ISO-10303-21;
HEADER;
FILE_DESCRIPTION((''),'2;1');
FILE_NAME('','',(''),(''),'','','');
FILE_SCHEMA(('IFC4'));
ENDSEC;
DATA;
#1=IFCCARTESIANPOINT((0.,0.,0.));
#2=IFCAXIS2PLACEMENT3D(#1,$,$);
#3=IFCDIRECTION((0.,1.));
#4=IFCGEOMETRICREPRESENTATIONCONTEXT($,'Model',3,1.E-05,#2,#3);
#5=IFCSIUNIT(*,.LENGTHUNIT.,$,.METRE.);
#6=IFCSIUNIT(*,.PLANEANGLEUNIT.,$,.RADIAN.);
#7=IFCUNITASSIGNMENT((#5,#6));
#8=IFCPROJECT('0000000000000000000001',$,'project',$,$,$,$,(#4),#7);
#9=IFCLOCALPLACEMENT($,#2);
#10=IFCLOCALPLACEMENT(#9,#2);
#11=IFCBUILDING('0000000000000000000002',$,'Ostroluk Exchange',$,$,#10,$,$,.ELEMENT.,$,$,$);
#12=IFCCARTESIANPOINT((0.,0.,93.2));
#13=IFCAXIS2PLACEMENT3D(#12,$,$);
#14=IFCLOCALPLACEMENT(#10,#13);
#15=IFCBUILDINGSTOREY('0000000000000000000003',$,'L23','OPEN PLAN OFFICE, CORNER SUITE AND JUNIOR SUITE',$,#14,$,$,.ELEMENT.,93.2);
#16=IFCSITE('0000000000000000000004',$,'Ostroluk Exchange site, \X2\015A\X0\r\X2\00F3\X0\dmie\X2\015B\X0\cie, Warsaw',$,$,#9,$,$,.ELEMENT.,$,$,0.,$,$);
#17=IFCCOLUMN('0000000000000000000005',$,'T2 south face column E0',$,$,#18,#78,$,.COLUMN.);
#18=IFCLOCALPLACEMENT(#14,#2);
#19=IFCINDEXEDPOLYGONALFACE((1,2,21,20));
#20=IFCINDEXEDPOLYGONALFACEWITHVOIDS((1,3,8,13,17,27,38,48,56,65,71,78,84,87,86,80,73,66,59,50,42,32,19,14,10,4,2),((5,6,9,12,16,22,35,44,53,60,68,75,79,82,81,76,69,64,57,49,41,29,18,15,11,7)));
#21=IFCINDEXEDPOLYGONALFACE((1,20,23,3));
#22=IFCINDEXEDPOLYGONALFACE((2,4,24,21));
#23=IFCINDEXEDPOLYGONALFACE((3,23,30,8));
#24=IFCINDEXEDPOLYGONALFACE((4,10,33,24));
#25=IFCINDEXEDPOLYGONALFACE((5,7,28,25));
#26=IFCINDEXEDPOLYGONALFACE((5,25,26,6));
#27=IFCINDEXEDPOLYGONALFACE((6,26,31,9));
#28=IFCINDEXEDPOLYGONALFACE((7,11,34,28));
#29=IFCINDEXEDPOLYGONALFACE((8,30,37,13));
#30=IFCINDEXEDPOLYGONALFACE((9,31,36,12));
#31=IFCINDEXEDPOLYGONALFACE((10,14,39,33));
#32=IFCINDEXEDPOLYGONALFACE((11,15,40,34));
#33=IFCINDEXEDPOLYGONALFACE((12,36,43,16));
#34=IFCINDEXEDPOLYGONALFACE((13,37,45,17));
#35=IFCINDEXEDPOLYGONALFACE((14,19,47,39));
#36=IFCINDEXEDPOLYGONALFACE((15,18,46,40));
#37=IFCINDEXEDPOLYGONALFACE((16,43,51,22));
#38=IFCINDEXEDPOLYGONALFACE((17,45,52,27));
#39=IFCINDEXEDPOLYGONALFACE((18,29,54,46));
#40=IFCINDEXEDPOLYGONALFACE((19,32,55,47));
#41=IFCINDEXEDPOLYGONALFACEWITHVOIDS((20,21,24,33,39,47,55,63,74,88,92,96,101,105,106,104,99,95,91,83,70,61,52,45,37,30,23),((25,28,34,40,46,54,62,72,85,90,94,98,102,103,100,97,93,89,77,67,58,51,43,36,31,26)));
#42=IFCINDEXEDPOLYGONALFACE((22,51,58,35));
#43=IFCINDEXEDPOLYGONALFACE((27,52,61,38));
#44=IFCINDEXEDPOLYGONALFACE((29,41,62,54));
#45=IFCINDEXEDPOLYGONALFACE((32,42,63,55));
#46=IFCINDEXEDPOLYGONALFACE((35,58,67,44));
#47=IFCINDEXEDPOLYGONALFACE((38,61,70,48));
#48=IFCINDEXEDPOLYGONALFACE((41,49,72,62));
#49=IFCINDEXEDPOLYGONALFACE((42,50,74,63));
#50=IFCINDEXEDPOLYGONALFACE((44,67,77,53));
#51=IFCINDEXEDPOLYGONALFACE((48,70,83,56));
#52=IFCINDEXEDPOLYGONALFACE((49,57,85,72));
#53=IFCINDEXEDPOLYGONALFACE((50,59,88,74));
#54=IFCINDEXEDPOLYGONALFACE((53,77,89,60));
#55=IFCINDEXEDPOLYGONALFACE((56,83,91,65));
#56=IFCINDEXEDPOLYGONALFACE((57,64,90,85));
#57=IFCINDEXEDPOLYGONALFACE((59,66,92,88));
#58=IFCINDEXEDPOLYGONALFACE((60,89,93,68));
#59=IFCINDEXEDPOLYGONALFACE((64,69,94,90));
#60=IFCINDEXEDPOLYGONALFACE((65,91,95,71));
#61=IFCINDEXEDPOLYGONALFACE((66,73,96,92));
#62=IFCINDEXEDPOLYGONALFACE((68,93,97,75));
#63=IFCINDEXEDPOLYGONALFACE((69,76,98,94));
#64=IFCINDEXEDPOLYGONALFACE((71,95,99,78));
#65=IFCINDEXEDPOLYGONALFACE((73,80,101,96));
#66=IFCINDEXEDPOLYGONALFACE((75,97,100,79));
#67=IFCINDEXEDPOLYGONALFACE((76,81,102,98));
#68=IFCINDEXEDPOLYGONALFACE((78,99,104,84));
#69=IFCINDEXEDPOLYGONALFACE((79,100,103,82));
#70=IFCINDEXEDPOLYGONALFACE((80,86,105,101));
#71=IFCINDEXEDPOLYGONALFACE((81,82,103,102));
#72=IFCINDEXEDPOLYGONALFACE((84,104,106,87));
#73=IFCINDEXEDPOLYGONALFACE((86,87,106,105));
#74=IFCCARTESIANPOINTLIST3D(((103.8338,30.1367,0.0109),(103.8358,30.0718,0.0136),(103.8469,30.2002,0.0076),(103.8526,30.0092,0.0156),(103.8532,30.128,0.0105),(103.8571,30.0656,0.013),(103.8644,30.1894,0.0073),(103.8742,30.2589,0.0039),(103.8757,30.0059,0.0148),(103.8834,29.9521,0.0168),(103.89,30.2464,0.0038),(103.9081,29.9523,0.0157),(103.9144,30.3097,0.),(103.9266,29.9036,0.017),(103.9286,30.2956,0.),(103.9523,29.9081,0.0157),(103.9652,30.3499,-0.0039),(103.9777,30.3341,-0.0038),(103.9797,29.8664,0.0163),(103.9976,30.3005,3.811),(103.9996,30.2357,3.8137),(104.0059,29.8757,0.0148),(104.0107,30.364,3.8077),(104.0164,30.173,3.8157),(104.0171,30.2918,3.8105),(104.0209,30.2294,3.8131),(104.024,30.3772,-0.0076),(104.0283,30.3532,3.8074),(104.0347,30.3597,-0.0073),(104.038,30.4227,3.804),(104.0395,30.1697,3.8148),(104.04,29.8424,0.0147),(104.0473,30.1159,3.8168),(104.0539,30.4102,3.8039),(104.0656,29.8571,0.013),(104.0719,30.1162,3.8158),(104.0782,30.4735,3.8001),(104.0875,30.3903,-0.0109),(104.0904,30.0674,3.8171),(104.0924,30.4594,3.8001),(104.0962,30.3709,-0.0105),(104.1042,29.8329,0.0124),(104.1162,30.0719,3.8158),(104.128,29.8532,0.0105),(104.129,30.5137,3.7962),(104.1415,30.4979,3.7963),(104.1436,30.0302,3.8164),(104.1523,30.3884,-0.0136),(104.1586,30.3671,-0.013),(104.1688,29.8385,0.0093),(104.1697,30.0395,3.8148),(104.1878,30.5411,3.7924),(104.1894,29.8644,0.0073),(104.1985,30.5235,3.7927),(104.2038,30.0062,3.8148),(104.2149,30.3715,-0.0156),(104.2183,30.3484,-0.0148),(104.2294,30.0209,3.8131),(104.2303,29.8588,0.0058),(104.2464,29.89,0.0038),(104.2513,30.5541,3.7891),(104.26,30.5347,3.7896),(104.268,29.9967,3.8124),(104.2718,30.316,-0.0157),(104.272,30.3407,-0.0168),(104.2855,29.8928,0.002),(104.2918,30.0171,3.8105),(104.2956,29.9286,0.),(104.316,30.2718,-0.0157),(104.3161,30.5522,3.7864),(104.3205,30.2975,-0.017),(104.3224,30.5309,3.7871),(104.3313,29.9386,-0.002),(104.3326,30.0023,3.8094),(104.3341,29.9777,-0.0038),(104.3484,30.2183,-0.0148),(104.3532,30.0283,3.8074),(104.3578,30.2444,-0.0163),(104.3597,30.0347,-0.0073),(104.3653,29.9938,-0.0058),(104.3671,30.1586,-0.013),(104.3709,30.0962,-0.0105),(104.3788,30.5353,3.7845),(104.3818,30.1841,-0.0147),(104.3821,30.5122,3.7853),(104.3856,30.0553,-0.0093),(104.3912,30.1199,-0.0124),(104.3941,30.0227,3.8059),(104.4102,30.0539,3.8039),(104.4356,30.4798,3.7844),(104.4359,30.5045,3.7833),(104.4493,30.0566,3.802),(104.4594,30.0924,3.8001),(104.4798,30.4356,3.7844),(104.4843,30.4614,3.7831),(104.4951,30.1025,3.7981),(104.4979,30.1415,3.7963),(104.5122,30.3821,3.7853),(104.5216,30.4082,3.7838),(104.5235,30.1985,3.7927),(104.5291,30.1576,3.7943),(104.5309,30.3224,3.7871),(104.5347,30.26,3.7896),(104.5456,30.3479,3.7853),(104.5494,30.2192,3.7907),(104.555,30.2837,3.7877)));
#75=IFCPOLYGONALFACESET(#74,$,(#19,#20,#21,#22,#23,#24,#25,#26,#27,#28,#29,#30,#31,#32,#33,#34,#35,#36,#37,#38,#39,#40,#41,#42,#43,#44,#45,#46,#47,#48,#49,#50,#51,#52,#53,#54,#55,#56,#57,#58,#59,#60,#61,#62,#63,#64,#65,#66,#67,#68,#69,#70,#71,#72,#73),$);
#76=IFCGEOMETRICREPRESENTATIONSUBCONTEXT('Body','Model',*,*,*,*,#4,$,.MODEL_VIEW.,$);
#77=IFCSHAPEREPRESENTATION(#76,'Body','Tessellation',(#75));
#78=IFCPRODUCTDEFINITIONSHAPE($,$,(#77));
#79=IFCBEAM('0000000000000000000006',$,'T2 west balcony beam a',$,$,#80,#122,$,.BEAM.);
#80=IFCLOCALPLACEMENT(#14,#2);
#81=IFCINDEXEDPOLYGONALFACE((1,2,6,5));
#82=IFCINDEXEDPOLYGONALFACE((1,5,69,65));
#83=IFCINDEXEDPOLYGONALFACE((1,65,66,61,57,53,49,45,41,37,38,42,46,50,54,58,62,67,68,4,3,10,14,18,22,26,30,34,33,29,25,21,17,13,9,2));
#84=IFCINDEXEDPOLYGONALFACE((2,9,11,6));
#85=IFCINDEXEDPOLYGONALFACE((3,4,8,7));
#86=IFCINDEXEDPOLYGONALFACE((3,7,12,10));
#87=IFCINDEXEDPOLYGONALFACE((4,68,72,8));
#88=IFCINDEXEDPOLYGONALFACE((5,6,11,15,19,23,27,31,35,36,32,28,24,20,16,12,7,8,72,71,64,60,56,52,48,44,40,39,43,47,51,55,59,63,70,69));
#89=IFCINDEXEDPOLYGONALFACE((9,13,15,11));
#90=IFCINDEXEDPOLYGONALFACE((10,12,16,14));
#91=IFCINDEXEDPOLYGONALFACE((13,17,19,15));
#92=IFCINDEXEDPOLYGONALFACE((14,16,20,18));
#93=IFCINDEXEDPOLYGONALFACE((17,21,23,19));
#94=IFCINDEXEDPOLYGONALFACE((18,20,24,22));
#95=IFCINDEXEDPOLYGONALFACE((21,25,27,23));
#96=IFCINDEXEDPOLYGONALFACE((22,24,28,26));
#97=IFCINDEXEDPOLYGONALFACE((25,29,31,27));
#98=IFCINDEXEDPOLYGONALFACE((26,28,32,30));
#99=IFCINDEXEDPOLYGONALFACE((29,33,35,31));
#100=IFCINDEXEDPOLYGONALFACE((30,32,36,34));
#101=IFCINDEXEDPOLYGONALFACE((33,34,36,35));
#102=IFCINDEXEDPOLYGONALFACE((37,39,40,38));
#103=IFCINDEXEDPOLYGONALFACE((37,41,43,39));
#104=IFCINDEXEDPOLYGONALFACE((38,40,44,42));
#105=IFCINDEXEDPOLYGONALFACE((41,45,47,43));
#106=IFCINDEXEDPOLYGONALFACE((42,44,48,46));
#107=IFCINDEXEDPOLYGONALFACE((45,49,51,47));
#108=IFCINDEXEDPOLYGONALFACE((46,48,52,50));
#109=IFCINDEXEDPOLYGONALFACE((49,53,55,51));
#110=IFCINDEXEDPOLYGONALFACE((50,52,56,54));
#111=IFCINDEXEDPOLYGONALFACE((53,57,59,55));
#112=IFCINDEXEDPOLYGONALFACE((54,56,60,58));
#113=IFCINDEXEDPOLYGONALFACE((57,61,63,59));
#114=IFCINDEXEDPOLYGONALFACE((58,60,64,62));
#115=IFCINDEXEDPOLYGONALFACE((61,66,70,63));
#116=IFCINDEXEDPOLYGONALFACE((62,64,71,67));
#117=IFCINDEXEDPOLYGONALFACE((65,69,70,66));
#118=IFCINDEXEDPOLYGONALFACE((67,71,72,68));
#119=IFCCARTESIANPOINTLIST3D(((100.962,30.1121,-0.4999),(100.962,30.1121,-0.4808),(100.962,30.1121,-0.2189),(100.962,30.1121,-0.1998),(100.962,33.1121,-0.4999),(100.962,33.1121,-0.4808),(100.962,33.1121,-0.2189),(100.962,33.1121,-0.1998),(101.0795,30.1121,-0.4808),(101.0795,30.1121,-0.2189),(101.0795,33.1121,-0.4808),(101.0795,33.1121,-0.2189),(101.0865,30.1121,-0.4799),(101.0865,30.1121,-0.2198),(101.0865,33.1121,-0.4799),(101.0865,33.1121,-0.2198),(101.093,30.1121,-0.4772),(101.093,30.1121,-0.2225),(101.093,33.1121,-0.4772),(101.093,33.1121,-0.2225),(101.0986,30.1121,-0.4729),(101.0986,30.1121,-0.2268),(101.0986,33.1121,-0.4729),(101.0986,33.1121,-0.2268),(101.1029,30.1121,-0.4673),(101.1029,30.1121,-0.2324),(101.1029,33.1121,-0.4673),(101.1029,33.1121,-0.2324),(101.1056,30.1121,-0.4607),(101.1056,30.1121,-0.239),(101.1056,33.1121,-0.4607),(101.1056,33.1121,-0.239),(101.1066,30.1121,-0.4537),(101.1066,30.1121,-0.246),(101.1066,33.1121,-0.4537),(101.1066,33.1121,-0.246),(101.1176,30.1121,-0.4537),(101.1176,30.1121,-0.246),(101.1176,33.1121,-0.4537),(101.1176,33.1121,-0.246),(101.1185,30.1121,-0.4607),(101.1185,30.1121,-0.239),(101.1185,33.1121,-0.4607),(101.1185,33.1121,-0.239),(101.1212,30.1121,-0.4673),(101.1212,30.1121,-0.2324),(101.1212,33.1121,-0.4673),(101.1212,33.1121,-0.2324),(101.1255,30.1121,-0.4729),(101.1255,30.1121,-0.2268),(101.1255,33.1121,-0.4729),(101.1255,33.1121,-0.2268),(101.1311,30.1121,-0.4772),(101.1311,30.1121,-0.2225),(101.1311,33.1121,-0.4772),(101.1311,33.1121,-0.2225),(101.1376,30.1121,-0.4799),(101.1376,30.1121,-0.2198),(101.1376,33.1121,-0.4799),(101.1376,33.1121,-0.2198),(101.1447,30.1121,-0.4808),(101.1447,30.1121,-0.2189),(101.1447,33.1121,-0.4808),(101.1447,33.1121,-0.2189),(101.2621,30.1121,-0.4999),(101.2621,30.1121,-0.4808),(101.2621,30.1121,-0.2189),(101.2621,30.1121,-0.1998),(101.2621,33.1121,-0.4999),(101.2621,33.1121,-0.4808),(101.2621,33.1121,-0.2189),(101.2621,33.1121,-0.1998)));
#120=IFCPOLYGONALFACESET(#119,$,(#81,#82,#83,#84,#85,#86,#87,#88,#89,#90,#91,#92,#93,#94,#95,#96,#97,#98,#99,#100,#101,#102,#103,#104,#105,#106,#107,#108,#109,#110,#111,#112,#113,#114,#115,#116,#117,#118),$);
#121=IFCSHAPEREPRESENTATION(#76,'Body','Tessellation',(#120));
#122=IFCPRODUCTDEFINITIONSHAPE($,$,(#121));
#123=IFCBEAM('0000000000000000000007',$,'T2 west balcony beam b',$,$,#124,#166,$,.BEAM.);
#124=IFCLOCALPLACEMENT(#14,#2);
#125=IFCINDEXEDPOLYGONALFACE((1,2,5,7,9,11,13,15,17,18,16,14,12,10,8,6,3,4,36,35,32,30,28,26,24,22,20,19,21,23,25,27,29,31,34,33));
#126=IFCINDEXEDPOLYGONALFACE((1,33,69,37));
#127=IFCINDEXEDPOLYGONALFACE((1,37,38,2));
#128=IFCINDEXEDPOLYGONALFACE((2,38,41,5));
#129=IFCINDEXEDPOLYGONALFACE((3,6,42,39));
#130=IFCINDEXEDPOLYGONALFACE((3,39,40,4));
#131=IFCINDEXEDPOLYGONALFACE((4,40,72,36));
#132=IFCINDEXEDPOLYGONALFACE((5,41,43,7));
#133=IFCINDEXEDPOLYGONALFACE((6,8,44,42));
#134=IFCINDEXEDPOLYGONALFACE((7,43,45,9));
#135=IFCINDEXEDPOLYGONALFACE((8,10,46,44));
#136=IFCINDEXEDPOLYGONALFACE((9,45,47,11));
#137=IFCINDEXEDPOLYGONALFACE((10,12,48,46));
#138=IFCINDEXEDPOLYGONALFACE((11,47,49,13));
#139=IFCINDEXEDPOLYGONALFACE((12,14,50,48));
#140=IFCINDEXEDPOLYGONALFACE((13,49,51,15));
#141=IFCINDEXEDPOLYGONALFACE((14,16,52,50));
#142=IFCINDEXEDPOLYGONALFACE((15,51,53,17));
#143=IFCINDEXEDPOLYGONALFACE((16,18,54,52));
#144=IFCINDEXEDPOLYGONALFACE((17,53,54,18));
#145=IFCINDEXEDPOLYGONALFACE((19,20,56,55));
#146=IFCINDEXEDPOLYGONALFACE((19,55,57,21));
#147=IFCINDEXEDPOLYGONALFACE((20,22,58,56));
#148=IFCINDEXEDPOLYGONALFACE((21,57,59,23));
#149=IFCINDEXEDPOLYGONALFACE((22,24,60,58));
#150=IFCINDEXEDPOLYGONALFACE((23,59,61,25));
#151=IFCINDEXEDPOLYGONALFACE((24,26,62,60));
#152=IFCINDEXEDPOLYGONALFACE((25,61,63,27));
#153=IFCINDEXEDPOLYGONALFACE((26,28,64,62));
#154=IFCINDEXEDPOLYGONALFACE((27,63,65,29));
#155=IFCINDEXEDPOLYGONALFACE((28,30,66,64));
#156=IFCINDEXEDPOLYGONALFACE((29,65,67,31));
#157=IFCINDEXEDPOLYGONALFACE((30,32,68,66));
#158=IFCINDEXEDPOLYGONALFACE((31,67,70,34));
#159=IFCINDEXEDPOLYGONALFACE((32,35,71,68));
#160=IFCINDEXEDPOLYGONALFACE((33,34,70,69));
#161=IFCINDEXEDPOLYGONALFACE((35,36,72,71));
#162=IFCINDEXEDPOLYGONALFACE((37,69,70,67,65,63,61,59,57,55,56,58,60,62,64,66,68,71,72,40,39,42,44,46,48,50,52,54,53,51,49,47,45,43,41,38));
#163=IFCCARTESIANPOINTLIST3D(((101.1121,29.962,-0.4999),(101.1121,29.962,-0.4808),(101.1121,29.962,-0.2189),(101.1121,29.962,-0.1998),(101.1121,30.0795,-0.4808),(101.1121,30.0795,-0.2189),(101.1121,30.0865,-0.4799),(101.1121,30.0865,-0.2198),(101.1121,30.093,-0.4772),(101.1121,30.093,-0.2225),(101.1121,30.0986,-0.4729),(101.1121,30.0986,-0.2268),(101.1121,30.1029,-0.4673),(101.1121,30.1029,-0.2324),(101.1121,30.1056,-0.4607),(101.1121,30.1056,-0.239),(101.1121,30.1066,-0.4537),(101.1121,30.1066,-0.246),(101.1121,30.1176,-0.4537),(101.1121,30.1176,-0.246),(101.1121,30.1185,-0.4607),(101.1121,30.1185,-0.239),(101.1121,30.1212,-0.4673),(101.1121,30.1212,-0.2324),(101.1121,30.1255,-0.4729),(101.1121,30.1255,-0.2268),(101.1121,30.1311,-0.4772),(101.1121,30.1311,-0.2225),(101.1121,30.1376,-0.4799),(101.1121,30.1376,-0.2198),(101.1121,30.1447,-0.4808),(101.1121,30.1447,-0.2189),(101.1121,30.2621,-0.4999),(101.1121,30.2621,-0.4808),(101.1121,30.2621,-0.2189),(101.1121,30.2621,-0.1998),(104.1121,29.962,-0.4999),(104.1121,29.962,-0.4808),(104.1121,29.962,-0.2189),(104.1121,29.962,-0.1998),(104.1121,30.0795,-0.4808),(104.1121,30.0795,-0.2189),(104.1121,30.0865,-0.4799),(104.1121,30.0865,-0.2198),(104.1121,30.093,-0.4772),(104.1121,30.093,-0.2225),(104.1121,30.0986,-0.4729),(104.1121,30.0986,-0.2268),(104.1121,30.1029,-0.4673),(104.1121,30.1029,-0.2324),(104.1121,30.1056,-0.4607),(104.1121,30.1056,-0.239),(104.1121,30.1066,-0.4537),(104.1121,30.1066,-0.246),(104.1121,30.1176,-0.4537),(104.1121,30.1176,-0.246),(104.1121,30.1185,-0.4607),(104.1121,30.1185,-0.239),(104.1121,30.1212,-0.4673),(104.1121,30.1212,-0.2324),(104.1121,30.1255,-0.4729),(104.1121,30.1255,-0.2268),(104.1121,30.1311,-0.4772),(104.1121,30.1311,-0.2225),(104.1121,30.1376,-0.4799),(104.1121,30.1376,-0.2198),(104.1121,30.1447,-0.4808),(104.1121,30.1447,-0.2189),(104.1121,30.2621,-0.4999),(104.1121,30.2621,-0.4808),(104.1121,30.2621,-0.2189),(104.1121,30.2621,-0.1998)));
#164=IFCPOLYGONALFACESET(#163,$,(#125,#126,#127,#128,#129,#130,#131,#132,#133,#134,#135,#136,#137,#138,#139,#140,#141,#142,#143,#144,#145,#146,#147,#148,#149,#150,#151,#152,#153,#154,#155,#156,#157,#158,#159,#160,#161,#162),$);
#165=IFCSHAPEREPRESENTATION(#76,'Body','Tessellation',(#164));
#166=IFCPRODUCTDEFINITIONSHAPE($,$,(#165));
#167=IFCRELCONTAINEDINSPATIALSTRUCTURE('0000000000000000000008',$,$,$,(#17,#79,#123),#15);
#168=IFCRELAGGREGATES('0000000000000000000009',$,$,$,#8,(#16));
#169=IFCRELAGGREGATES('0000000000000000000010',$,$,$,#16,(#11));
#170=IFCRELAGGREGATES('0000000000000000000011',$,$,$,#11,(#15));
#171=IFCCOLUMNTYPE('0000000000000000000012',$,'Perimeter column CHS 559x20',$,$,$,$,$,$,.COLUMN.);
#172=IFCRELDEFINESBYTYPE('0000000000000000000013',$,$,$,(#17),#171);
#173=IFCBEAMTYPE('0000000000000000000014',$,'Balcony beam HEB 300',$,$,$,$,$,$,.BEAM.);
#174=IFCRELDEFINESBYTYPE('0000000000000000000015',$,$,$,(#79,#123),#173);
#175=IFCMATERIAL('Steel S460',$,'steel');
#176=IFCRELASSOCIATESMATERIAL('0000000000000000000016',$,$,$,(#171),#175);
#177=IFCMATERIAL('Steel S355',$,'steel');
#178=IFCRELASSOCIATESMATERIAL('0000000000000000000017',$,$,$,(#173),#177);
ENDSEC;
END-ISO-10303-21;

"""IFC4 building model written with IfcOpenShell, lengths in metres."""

from ifc_helpers import new_model, si_unit, direction, frame, origin, origin_2d, place, context, subcontext, project, spatial, hollow_circle, i_section, extrude, material, material_profile, profile_set, type_object, element, save


model = new_model("IFC4")

# Units and contexts
model_context = context("Model", 3, precision=1e-05, world=origin(), true_north=direction((0.0, 1.0)))
body_context = subcontext(model_context, "Body", "Model", "MODEL_VIEW")
ifc_project = project(units=[si_unit("LENGTHUNIT", "METRE"), si_unit("PLANEANGLEUNIT", "RADIAN")], contexts=[model_context])

# Site, building, storey
site_placement = place(None, origin())
site = spatial("IfcSite", under=ifc_project, at=site_placement, Name="Ostroluk Exchange site, Śródmieście, Warsaw", CompositionType="ELEMENT", RefElevation=0.0)
building_placement = place(site_placement, origin())
building = spatial("IfcBuilding", under=site, at=building_placement, Name="Ostroluk Exchange", CompositionType="ELEMENT")
storey_placement = place(building_placement, frame((0.0, 0.0, 93.2)))
storey = spatial("IfcBuildingStorey", under=building, at=storey_placement, Name="L23", Description="OPEN PLAN OFFICE, CORNER SUITE AND JUNIOR SUITE", CompositionType="ELEMENT", Elevation=93.2)

# Column
ifc_material_1 = material(Name="Steel S460", Category="steel")
ifc_material_profile_1 = material_profile(ifc_material_1, hollow_circle(Radius=0.2795, WallThickness=0.02, at=origin_2d()), Name="CHS 559x20")
ifc_profile_set_1 = profile_set([ifc_material_profile_1], Name="Steel S460")
column_type = type_object("IfcColumnType", Name="Perimeter column CHS 559x20", PredefinedType="COLUMN", material=ifc_profile_set_1)
column_1_placement = place(storey_placement, frame((104.1121, 30.1121, 0.0), z_axis=(0.04303, 0.04303, 0.998147), x_axis=(-0.707107, 0.707107, 0.0)))
element("IfcColumn", 1, at=column_1_placement, inside=storey, type_object=column_type, Name="T2 south face column E0", PredefinedType="COLUMN", context=body_context, shape_type="SweptSolid", body=[
    extrude(hollow_circle(Radius=0.2795, WallThickness=0.02, at=origin_2d()), origin(), (0.0, 0.0, 1.0), 3.8071),
])

# Beams
ifc_material_2 = material(Name="Steel S355", Category="steel")
ifc_material_profile_2 = material_profile(ifc_material_2, i_section(OverallWidth=0.3, OverallDepth=0.3, WebThickness=0.011, FlangeThickness=0.019, FilletRadius=0.0271, at=origin_2d()), Name="HEB 300")
ifc_profile_set_2 = profile_set([ifc_material_profile_2], Name="Steel S355")
beam_type_1 = type_object("IfcBeamType", Name="Balcony beam HEB 300", PredefinedType="BEAM", material=ifc_profile_set_2)
for number, where, z_axis, x_axis, name in (
    (2, (101.1121, 33.1121, -0.3499), (0.0, -1.0, 0.0), (1.0, 0.0, 0.0), "T2 west balcony beam a"),
    (3, (104.1121, 30.1121, -0.3499), (-1.0, 0.0, 0.0), (0.0, -1.0, 0.0), "T2 west balcony beam b"),
):
    element("IfcBeam", number, at=place(storey_placement, frame(where, z_axis=z_axis, x_axis=x_axis)), inside=storey, type_object=beam_type_1, Name=name, PredefinedType="BEAM", context=body_context, shape_type="SweptSolid", body=[
        extrude(i_section(OverallWidth=0.3, OverallDepth=0.3, WebThickness=0.011, FlangeThickness=0.019, FilletRadius=0.0271, at=origin_2d()), origin(), (0.0, 0.0, 1.0), 3.0),
    ])

save(model, "model.ifc")
